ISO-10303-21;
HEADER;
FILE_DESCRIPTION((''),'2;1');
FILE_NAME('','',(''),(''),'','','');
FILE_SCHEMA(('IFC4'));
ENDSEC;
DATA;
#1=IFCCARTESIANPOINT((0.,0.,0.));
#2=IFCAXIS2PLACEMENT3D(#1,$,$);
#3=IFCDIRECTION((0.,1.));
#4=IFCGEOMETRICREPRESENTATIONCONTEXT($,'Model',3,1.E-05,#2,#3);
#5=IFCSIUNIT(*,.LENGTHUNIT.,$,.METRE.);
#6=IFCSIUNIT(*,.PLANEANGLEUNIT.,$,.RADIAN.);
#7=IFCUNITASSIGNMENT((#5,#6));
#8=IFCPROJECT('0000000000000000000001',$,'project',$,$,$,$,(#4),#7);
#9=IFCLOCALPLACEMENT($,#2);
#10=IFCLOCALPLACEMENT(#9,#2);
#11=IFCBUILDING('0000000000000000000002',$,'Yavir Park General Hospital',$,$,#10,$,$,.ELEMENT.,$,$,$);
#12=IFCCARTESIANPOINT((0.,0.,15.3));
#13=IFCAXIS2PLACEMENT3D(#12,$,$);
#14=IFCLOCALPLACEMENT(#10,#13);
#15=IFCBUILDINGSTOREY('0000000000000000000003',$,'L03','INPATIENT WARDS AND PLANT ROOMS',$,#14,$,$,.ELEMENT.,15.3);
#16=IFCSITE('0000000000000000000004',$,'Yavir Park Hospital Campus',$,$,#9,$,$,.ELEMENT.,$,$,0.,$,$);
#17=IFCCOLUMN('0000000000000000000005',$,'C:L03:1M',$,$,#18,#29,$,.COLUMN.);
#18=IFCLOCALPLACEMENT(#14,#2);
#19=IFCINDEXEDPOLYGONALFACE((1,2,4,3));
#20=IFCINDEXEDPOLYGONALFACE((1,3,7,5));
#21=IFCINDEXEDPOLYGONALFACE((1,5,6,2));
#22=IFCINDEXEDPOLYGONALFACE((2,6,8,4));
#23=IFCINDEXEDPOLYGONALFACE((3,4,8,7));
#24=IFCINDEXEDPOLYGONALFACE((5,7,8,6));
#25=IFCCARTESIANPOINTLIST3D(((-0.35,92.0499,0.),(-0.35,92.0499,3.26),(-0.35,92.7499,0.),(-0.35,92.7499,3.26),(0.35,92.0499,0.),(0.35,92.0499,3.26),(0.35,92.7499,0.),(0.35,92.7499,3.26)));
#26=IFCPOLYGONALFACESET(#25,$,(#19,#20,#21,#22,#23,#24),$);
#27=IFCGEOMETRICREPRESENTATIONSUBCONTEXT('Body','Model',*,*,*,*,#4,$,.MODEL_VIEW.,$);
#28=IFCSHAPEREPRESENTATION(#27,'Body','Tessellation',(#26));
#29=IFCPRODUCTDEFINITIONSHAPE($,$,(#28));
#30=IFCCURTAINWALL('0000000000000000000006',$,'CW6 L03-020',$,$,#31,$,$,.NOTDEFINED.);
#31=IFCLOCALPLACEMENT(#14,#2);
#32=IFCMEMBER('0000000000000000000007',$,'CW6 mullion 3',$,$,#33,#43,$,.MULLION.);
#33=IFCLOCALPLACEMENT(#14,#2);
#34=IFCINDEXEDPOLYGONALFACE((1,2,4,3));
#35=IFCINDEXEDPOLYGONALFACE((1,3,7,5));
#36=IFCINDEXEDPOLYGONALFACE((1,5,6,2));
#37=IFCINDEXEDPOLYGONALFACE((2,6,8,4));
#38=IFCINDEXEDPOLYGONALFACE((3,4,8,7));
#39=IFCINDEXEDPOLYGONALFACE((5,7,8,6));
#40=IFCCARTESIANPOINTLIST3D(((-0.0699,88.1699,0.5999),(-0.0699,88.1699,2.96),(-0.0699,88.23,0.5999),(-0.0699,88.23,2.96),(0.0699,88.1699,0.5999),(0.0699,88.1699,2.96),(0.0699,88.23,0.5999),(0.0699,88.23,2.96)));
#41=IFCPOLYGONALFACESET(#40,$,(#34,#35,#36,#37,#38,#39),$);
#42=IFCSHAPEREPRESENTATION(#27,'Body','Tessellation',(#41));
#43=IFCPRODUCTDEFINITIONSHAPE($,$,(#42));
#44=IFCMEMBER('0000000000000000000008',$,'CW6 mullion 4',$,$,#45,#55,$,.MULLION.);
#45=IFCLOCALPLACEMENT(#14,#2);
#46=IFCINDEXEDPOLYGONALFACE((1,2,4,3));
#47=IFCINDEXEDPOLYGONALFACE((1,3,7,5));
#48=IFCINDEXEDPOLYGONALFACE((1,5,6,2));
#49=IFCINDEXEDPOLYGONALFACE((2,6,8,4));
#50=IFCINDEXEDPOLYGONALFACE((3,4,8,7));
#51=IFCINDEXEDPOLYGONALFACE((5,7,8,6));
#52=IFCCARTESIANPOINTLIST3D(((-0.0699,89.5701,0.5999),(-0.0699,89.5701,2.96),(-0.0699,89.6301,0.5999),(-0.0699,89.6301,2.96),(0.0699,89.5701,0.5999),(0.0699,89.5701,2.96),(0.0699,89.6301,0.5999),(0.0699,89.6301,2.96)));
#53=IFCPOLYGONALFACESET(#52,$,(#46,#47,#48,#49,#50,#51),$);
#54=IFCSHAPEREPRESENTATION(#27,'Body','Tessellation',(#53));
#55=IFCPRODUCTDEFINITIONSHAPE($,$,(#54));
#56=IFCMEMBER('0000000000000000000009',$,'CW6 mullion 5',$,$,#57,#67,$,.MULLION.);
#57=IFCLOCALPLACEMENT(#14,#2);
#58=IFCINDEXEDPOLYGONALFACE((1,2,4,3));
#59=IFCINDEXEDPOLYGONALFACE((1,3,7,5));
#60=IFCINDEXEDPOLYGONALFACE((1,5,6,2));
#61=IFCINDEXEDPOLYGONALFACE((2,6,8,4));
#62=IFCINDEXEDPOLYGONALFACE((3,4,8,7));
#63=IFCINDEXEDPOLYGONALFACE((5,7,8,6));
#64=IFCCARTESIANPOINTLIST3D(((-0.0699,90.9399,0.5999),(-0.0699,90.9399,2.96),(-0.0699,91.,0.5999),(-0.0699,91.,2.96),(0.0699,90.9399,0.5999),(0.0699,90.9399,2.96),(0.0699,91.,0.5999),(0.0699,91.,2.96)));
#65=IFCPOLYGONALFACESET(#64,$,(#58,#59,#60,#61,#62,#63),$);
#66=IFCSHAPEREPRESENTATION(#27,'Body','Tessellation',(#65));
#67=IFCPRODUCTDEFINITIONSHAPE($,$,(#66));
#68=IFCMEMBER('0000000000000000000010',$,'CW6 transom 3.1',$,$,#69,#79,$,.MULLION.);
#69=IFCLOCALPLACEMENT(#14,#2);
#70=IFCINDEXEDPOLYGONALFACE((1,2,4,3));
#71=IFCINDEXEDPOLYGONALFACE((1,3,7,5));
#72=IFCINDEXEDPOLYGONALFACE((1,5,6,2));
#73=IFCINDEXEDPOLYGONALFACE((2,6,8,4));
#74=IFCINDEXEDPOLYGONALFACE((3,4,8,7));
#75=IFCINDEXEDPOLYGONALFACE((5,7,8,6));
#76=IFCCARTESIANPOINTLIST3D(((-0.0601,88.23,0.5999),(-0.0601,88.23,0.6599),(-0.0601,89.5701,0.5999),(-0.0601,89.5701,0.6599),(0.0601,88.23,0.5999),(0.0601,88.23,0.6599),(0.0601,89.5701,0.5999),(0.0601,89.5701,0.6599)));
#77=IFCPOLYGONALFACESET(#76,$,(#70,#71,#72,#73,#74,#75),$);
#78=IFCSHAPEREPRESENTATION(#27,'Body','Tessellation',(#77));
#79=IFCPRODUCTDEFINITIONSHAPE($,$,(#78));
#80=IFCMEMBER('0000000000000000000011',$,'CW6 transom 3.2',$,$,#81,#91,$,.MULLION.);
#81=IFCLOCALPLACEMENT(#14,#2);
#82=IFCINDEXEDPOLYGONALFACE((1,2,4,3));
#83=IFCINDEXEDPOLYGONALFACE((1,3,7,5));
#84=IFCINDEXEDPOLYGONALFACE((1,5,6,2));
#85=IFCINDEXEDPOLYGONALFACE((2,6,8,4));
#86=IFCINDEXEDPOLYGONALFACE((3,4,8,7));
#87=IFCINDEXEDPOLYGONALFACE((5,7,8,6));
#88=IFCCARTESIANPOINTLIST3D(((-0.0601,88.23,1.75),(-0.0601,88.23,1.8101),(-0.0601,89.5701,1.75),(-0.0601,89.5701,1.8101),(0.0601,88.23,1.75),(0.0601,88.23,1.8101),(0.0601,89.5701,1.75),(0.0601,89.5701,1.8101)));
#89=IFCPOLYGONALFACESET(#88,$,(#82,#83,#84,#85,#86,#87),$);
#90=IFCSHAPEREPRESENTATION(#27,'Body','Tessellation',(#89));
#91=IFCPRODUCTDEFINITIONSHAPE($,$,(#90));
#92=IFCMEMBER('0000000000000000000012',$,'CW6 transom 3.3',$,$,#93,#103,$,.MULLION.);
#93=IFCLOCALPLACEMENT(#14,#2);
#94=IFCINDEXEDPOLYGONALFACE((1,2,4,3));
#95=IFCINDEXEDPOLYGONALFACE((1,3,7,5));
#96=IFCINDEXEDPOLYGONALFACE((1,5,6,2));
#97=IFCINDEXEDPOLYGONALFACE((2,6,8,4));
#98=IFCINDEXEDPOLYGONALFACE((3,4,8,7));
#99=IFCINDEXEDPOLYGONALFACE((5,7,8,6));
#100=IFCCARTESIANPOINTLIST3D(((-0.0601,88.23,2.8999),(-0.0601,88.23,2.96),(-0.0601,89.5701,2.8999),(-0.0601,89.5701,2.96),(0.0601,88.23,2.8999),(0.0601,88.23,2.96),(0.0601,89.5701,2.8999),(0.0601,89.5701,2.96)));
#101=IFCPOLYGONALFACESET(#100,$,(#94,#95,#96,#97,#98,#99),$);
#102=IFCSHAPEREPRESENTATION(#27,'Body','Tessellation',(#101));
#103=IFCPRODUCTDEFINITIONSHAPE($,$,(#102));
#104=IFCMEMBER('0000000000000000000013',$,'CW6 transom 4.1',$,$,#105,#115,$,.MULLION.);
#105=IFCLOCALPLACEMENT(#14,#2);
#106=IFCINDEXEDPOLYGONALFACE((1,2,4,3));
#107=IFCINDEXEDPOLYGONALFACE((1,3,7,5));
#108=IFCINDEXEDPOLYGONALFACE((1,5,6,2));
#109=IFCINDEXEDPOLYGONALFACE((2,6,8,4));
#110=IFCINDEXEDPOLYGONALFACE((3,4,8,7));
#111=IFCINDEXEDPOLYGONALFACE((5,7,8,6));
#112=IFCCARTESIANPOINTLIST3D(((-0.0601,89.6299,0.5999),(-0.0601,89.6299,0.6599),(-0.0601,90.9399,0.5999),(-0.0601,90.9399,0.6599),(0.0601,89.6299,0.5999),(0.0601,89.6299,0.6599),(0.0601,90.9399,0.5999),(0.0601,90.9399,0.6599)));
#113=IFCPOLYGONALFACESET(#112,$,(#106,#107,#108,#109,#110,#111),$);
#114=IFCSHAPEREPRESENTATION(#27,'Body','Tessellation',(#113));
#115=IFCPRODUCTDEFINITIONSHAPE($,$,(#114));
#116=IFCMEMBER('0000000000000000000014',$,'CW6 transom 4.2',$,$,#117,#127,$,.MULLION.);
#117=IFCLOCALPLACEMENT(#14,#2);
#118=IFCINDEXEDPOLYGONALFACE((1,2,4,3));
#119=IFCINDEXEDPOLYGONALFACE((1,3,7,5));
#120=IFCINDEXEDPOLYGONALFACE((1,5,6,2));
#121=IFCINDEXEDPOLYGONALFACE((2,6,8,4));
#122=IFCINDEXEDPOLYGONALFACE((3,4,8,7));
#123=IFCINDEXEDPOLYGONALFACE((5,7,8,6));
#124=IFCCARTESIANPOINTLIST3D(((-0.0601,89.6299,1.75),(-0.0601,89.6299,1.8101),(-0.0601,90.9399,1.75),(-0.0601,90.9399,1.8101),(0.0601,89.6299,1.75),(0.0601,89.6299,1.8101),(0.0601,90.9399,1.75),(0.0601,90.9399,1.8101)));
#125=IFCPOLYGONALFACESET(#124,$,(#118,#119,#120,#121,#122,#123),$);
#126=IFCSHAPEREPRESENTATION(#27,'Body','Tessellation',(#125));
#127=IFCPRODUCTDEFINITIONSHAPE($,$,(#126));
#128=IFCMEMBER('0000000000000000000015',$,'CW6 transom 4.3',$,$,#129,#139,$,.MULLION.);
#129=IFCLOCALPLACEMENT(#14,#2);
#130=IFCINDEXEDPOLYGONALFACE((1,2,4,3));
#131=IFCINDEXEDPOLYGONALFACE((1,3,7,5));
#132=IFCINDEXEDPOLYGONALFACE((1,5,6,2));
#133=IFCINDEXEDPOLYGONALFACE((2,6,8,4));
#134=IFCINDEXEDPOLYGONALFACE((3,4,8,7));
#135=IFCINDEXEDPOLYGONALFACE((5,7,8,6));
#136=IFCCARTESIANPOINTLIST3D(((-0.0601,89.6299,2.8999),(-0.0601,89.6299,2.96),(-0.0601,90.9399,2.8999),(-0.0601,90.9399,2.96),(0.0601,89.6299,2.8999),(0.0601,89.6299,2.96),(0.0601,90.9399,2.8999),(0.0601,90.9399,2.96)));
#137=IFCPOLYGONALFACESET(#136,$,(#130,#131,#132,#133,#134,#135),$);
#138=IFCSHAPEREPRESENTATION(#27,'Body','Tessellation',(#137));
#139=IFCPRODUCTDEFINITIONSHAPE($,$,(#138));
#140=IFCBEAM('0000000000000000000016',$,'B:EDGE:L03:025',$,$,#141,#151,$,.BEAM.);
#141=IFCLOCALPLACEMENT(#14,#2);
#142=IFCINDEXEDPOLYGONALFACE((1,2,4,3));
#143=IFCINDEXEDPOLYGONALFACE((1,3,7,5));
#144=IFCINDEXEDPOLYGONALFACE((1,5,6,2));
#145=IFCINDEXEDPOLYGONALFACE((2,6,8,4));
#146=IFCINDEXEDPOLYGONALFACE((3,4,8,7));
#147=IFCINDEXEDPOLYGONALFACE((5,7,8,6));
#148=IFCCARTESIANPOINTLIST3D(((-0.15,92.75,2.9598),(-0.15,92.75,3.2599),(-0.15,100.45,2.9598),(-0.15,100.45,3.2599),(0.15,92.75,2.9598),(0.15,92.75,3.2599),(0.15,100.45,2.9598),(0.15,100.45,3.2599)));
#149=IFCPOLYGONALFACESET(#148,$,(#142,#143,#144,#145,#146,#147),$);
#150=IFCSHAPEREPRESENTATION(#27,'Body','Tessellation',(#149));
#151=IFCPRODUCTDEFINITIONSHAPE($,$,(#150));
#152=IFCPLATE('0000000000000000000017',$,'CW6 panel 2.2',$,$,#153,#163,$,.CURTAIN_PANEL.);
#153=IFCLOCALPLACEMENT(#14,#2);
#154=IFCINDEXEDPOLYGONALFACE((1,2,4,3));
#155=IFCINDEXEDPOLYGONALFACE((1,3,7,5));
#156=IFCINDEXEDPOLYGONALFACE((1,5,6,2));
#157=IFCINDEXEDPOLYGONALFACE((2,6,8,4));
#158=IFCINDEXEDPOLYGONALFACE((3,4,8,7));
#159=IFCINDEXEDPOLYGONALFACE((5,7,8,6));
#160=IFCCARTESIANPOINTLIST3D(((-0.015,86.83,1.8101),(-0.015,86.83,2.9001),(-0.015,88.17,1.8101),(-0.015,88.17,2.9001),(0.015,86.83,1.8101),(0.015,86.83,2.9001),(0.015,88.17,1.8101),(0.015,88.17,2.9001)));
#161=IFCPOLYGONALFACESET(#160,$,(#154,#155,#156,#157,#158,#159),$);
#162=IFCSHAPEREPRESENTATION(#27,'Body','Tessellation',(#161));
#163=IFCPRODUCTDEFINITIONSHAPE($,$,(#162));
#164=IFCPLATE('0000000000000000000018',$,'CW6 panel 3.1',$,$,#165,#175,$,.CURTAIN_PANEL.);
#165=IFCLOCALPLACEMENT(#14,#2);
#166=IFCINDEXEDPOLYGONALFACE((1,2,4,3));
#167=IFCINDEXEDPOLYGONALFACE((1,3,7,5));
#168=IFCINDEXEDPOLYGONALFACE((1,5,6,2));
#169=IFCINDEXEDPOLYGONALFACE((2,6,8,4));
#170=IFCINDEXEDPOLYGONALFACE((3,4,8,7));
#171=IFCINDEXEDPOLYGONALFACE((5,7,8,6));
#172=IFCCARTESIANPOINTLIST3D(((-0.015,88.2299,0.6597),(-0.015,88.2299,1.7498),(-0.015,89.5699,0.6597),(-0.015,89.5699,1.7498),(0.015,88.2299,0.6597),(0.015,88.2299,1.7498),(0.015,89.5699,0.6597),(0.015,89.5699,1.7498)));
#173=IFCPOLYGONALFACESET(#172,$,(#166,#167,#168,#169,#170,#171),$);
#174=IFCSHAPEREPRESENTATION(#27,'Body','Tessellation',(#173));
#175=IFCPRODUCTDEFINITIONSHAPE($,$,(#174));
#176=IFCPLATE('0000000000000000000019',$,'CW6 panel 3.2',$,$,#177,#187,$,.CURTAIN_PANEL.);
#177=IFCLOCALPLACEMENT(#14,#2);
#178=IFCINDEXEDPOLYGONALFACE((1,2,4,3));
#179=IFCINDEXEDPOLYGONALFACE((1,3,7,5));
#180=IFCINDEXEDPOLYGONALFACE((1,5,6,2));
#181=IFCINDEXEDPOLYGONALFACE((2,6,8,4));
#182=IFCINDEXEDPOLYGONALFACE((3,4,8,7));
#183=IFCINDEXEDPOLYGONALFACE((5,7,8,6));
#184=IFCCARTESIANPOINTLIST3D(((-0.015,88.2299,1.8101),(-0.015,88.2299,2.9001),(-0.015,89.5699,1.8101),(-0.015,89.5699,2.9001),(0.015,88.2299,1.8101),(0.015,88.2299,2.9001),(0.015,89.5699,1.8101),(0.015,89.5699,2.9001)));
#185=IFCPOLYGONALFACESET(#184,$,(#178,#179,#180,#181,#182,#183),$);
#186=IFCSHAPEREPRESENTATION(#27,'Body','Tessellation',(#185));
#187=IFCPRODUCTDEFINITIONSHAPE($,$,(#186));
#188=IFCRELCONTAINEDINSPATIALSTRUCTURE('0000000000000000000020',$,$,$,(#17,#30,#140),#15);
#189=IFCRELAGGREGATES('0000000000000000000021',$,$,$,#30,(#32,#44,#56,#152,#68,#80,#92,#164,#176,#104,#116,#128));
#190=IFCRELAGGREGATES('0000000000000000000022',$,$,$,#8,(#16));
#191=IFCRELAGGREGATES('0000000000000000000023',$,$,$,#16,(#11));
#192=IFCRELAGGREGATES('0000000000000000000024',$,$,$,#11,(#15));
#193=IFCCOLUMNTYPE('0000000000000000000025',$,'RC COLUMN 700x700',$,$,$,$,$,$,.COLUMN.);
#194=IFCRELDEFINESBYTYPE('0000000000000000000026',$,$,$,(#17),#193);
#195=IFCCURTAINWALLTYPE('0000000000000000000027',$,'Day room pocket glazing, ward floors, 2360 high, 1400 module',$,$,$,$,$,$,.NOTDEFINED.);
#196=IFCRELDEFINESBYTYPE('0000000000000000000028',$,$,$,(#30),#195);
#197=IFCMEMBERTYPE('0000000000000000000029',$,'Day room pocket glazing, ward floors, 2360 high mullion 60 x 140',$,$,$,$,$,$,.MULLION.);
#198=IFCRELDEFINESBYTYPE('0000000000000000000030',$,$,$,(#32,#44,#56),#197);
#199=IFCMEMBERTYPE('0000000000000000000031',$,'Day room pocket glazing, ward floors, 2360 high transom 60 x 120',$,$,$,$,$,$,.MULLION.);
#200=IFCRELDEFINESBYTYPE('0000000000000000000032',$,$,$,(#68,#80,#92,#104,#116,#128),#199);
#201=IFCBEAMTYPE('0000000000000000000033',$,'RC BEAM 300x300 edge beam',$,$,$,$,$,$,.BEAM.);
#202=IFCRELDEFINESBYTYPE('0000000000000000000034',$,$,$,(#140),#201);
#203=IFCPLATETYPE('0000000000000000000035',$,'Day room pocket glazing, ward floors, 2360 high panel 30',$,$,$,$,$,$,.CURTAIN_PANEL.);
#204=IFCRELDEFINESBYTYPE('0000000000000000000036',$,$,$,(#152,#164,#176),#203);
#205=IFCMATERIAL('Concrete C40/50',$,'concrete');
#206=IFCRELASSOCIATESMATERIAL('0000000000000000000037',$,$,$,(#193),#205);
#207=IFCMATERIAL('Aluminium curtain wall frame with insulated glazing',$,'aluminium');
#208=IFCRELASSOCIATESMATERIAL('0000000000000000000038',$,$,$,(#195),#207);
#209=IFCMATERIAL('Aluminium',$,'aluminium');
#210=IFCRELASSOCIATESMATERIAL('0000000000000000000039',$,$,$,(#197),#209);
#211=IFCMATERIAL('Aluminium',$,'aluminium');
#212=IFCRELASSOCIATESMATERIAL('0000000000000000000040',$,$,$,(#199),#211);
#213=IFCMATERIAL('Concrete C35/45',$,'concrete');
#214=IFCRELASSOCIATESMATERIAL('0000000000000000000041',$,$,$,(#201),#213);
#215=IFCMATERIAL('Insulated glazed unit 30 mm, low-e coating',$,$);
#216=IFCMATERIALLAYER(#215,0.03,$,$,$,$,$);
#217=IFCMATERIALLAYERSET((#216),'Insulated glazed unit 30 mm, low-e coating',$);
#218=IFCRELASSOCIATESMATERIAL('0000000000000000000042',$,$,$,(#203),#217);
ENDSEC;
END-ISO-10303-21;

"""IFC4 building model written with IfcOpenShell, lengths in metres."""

from ifc_helpers import new_model, si_unit, direction, frame, origin, origin_2d, place, context, subcontext, project, spatial, rectangle, extrude, material, layer, layer_set, material_profile, profile_set, type_object, element, aggregate, save


model = new_model("IFC4")

# Units and contexts
model_context = context("Model", 3, precision=1e-05, world=origin(), true_north=direction((0.0, 1.0)))
body_context = subcontext(model_context, "Body", "Model", "MODEL_VIEW")
ifc_project = project(units=[si_unit("LENGTHUNIT", "METRE"), si_unit("PLANEANGLEUNIT", "RADIAN")], contexts=[model_context])

# Site, building, storey
site_placement = place(None, origin())
site = spatial("IfcSite", under=ifc_project, at=site_placement, Name="Yavir Park Hospital Campus", CompositionType="ELEMENT", RefElevation=0.0)
building_placement = place(site_placement, origin())
building = spatial("IfcBuilding", under=site, at=building_placement, Name="Yavir Park General Hospital", CompositionType="ELEMENT")
storey_placement = place(building_placement, frame((0.0, 0.0, 15.3)))
storey = spatial("IfcBuildingStorey", under=building, at=storey_placement, Name="L03", Description="INPATIENT WARDS AND PLANT ROOMS", CompositionType="ELEMENT", Elevation=15.3)

# Column
ifc_material_1 = material(Name="Concrete C40/50", Category="concrete")
ifc_material_profile_1 = material_profile(ifc_material_1, rectangle(XDim=0.7, YDim=0.7, at=origin_2d()), Name="RC700x700")
ifc_profile_set_1 = profile_set([ifc_material_profile_1], Name="Concrete C40/50")
column_type = type_object("IfcColumnType", Name="RC COLUMN 700x700", PredefinedType="COLUMN", material=ifc_profile_set_1)
column_placement = place(storey_placement, frame((0.0, 92.3999, 0.0), z_axis=(0.0, 0.0, 1.0), x_axis=(1.0, 0.0, 0.0)))
element("IfcColumn", 1, at=column_placement, inside=storey, type_object=column_type, Name="C:L03:1M", PredefinedType="COLUMN", context=body_context, shape_type="SweptSolid", body=[
    extrude(rectangle(XDim=0.7, YDim=0.7, at=origin_2d()), origin(), (0.0, 0.0, 1.0), 3.26),
])

# Curtain wall, members
ifc_material_2 = material(Name="Aluminium curtain wall frame with insulated glazing", Category="aluminium")
curtain_wall_type = type_object("IfcCurtainWallType", Name="Day room pocket glazing, ward floors, 2360 high, 1400 module", PredefinedType="NOTDEFINED", material=ifc_material_2)
curtain_wall_placement = place(storey_placement, origin())
curtain_wall = element("IfcCurtainWall", 2, at=curtain_wall_placement, inside=storey, type_object=curtain_wall_type, Name="CW6 L03-020", PredefinedType="NOTDEFINED")
ifc_material_3 = material(Name="Aluminium", Category="aluminium")
ifc_material_profile_2 = material_profile(ifc_material_3, rectangle(XDim=0.1399, YDim=0.0601, at=origin_2d()), Name="AL 60x140")
ifc_profile_set_2 = profile_set([ifc_material_profile_2], Name="Aluminium")
member_type_1 = type_object("IfcMemberType", Name="Day room pocket glazing, ward floors, 2360 high mullion 60 x 140", PredefinedType="MULLION", material=ifc_profile_set_2)
member_1_placement = place(storey_placement, frame((0.0, 88.2, 0.5999), z_axis=(0.0, 0.0, 1.0), x_axis=(-1.0, 0.0, 0.0)))
member_1 = element("IfcMember", 3, at=member_1_placement, type_object=member_type_1, Name="CW6 mullion 3", PredefinedType="MULLION", context=body_context, shape_type="SweptSolid", body=[
    extrude(rectangle(XDim=0.1399, YDim=0.0601, at=origin_2d()), origin(), (0.0, 0.0, 1.0), 2.3601),
])
member_2_placement = place(storey_placement, frame((0.0, 89.6001, 0.5999), z_axis=(0.0, 0.0, 1.0), x_axis=(-1.0, 0.0, 0.0)))
member_2 = element("IfcMember", 4, at=member_2_placement, type_object=member_type_1, Name="CW6 mullion 4", PredefinedType="MULLION", context=body_context, shape_type="SweptSolid", body=[
    extrude(rectangle(XDim=0.1399, YDim=0.0601, at=origin_2d()), origin(), (0.0, 0.0, 1.0), 2.3601),
])
member_3_placement = place(storey_placement, frame((0.0, 90.97, 0.5999), z_axis=(0.0, 0.0, 1.0), x_axis=(-1.0, 0.0, 0.0)))
member_3 = element("IfcMember", 5, at=member_3_placement, type_object=member_type_1, Name="CW6 mullion 5", PredefinedType="MULLION", context=body_context, shape_type="SweptSolid", body=[
    extrude(rectangle(XDim=0.1399, YDim=0.0601, at=origin_2d()), origin(), (0.0, 0.0, 1.0), 2.3601),
])
ifc_material_4 = material(Name="Aluminium", Category="aluminium")
ifc_material_profile_3 = material_profile(ifc_material_4, rectangle(XDim=0.1201, YDim=0.0601, at=origin_2d()), Name="AL 120x60")
ifc_profile_set_3 = profile_set([ifc_material_profile_3], Name="Aluminium")
member_type_2 = type_object("IfcMemberType", Name="Day room pocket glazing, ward floors, 2360 high transom 60 x 120", PredefinedType="MULLION", material=ifc_profile_set_3)
member_4_placement = place(storey_placement, frame((0.0, 88.23, 0.6299), z_axis=(0.0, 1.0, 0.0), x_axis=(-1.0, 0.0, 0.0)))
member_4 = element("IfcMember", 6, at=member_4_placement, type_object=member_type_2, Name="CW6 transom 3.1", PredefinedType="MULLION", context=body_context, shape_type="SweptSolid", body=[
    extrude(rectangle(XDim=0.1201, YDim=0.0601, at=origin_2d()), origin(), (0.0, 0.0, 1.0), 1.3401),
])
member_5_placement = place(storey_placement, frame((0.0, 88.23, 1.78), z_axis=(0.0, 1.0, 0.0), x_axis=(-1.0, 0.0, 0.0)))
member_5 = element("IfcMember", 7, at=member_5_placement, type_object=member_type_2, Name="CW6 transom 3.2", PredefinedType="MULLION", context=body_context, shape_type="SweptSolid", body=[
    extrude(rectangle(XDim=0.1201, YDim=0.0601, at=origin_2d()), origin(), (0.0, 0.0, 1.0), 1.3401),
])
member_6_placement = place(storey_placement, frame((0.0, 88.23, 2.9299), z_axis=(0.0, 1.0, 0.0), x_axis=(-1.0, 0.0, 0.0)))
member_6 = element("IfcMember", 8, at=member_6_placement, type_object=member_type_2, Name="CW6 transom 3.3", PredefinedType="MULLION", context=body_context, shape_type="SweptSolid", body=[
    extrude(rectangle(XDim=0.1201, YDim=0.0601, at=origin_2d()), origin(), (0.0, 0.0, 1.0), 1.3401),
])
member_7_placement = place(storey_placement, frame((0.0, 89.6299, 0.6299), z_axis=(0.0, 1.0, 0.0), x_axis=(-1.0, 0.0, 0.0)))
member_7 = element("IfcMember", 9, at=member_7_placement, type_object=member_type_2, Name="CW6 transom 4.1", PredefinedType="MULLION", context=body_context, shape_type="SweptSolid", body=[
    extrude(rectangle(XDim=0.1201, YDim=0.0601, at=origin_2d()), origin(), (0.0, 0.0, 1.0), 1.3101),
])
member_8_placement = place(storey_placement, frame((0.0, 89.6299, 1.78), z_axis=(0.0, 1.0, 0.0), x_axis=(-1.0, 0.0, 0.0)))
member_8 = element("IfcMember", 10, at=member_8_placement, type_object=member_type_2, Name="CW6 transom 4.2", PredefinedType="MULLION", context=body_context, shape_type="SweptSolid", body=[
    extrude(rectangle(XDim=0.1201, YDim=0.0601, at=origin_2d()), origin(), (0.0, 0.0, 1.0), 1.3101),
])
member_9_placement = place(storey_placement, frame((0.0, 89.6299, 2.9299), z_axis=(0.0, 1.0, 0.0), x_axis=(-1.0, 0.0, 0.0)))
member_9 = element("IfcMember", 11, at=member_9_placement, type_object=member_type_2, Name="CW6 transom 4.3", PredefinedType="MULLION", context=body_context, shape_type="SweptSolid", body=[
    extrude(rectangle(XDim=0.1201, YDim=0.0601, at=origin_2d()), origin(), (0.0, 0.0, 1.0), 1.3101),
])

# Beam
ifc_material_5 = material(Name="Concrete C35/45", Category="concrete")
ifc_material_profile_4 = material_profile(ifc_material_5, rectangle(XDim=0.3, YDim=0.3, at=origin_2d()), Name="RC300x300")
ifc_profile_set_4 = profile_set([ifc_material_profile_4], Name="Concrete C35/45")
beam_type = type_object("IfcBeamType", Name="RC BEAM 300x300 edge beam", PredefinedType="BEAM", material=ifc_profile_set_4)
beam_placement = place(storey_placement, frame((0.0, 92.75, 3.1099), z_axis=(0.0, 1.0, 0.0), x_axis=(-1.0, 0.0, 0.0)))
element("IfcBeam", 12, at=beam_placement, inside=storey, type_object=beam_type, Name="B:EDGE:L03:025", PredefinedType="BEAM", context=body_context, shape_type="SweptSolid", body=[
    extrude(rectangle(XDim=0.3, YDim=0.3, at=origin_2d()), origin(), (0.0, 0.0, 1.0), 7.7),
])

# Plates
ifc_material_6 = material(Name="Insulated glazed unit 30 mm, low-e coating")
ifc_layer_1 = layer(ifc_material_6, 0.03)
ifc_layer_set_1 = layer_set([ifc_layer_1], Name="Insulated glazed unit 30 mm, low-e coating")
plate_type = type_object("IfcPlateType", Name="Day room pocket glazing, ward floors, 2360 high panel 30", PredefinedType="CURTAIN_PANEL", material=ifc_layer_set_1)
plate_1_placement = place(storey_placement, frame((0.0, 87.5, 1.8101), z_axis=(0.0, 0.0, 1.0), x_axis=(0.0, 1.0, 0.0)))
plate_1 = element("IfcPlate", 13, at=plate_1_placement, type_object=plate_type, Name="CW6 panel 2.2", PredefinedType="CURTAIN_PANEL", context=body_context, shape_type="SweptSolid", body=[
    extrude(rectangle(XDim=1.3401, YDim=0.03, at=origin_2d()), origin(), (0.0, 0.0, 1.0), 1.0901),
])
plate_2_placement = place(storey_placement, frame((0.0, 88.8999, 0.6597), z_axis=(0.0, 0.0, 1.0), x_axis=(0.0, 1.0, 0.0)))
plate_2 = element("IfcPlate", 14, at=plate_2_placement, type_object=plate_type, Name="CW6 panel 3.1", PredefinedType="CURTAIN_PANEL", context=body_context, shape_type="SweptSolid", body=[
    extrude(rectangle(XDim=1.3401, YDim=0.03, at=origin_2d()), origin(), (0.0, 0.0, 1.0), 1.0901),
])
plate_3_placement = place(storey_placement, frame((0.0, 88.8999, 1.8101), z_axis=(0.0, 0.0, 1.0), x_axis=(0.0, 1.0, 0.0)))
plate_3 = element("IfcPlate", 15, at=plate_3_placement, type_object=plate_type, Name="CW6 panel 3.2", PredefinedType="CURTAIN_PANEL", context=body_context, shape_type="SweptSolid", body=[
    extrude(rectangle(XDim=1.3401, YDim=0.03, at=origin_2d()), origin(), (0.0, 0.0, 1.0), 1.0901),
])
aggregate(curtain_wall, [member_1, member_2, member_3, plate_1, member_4, member_5, member_6, plate_2, plate_3, member_7, member_8, member_9])

save(model, "model.ifc")
